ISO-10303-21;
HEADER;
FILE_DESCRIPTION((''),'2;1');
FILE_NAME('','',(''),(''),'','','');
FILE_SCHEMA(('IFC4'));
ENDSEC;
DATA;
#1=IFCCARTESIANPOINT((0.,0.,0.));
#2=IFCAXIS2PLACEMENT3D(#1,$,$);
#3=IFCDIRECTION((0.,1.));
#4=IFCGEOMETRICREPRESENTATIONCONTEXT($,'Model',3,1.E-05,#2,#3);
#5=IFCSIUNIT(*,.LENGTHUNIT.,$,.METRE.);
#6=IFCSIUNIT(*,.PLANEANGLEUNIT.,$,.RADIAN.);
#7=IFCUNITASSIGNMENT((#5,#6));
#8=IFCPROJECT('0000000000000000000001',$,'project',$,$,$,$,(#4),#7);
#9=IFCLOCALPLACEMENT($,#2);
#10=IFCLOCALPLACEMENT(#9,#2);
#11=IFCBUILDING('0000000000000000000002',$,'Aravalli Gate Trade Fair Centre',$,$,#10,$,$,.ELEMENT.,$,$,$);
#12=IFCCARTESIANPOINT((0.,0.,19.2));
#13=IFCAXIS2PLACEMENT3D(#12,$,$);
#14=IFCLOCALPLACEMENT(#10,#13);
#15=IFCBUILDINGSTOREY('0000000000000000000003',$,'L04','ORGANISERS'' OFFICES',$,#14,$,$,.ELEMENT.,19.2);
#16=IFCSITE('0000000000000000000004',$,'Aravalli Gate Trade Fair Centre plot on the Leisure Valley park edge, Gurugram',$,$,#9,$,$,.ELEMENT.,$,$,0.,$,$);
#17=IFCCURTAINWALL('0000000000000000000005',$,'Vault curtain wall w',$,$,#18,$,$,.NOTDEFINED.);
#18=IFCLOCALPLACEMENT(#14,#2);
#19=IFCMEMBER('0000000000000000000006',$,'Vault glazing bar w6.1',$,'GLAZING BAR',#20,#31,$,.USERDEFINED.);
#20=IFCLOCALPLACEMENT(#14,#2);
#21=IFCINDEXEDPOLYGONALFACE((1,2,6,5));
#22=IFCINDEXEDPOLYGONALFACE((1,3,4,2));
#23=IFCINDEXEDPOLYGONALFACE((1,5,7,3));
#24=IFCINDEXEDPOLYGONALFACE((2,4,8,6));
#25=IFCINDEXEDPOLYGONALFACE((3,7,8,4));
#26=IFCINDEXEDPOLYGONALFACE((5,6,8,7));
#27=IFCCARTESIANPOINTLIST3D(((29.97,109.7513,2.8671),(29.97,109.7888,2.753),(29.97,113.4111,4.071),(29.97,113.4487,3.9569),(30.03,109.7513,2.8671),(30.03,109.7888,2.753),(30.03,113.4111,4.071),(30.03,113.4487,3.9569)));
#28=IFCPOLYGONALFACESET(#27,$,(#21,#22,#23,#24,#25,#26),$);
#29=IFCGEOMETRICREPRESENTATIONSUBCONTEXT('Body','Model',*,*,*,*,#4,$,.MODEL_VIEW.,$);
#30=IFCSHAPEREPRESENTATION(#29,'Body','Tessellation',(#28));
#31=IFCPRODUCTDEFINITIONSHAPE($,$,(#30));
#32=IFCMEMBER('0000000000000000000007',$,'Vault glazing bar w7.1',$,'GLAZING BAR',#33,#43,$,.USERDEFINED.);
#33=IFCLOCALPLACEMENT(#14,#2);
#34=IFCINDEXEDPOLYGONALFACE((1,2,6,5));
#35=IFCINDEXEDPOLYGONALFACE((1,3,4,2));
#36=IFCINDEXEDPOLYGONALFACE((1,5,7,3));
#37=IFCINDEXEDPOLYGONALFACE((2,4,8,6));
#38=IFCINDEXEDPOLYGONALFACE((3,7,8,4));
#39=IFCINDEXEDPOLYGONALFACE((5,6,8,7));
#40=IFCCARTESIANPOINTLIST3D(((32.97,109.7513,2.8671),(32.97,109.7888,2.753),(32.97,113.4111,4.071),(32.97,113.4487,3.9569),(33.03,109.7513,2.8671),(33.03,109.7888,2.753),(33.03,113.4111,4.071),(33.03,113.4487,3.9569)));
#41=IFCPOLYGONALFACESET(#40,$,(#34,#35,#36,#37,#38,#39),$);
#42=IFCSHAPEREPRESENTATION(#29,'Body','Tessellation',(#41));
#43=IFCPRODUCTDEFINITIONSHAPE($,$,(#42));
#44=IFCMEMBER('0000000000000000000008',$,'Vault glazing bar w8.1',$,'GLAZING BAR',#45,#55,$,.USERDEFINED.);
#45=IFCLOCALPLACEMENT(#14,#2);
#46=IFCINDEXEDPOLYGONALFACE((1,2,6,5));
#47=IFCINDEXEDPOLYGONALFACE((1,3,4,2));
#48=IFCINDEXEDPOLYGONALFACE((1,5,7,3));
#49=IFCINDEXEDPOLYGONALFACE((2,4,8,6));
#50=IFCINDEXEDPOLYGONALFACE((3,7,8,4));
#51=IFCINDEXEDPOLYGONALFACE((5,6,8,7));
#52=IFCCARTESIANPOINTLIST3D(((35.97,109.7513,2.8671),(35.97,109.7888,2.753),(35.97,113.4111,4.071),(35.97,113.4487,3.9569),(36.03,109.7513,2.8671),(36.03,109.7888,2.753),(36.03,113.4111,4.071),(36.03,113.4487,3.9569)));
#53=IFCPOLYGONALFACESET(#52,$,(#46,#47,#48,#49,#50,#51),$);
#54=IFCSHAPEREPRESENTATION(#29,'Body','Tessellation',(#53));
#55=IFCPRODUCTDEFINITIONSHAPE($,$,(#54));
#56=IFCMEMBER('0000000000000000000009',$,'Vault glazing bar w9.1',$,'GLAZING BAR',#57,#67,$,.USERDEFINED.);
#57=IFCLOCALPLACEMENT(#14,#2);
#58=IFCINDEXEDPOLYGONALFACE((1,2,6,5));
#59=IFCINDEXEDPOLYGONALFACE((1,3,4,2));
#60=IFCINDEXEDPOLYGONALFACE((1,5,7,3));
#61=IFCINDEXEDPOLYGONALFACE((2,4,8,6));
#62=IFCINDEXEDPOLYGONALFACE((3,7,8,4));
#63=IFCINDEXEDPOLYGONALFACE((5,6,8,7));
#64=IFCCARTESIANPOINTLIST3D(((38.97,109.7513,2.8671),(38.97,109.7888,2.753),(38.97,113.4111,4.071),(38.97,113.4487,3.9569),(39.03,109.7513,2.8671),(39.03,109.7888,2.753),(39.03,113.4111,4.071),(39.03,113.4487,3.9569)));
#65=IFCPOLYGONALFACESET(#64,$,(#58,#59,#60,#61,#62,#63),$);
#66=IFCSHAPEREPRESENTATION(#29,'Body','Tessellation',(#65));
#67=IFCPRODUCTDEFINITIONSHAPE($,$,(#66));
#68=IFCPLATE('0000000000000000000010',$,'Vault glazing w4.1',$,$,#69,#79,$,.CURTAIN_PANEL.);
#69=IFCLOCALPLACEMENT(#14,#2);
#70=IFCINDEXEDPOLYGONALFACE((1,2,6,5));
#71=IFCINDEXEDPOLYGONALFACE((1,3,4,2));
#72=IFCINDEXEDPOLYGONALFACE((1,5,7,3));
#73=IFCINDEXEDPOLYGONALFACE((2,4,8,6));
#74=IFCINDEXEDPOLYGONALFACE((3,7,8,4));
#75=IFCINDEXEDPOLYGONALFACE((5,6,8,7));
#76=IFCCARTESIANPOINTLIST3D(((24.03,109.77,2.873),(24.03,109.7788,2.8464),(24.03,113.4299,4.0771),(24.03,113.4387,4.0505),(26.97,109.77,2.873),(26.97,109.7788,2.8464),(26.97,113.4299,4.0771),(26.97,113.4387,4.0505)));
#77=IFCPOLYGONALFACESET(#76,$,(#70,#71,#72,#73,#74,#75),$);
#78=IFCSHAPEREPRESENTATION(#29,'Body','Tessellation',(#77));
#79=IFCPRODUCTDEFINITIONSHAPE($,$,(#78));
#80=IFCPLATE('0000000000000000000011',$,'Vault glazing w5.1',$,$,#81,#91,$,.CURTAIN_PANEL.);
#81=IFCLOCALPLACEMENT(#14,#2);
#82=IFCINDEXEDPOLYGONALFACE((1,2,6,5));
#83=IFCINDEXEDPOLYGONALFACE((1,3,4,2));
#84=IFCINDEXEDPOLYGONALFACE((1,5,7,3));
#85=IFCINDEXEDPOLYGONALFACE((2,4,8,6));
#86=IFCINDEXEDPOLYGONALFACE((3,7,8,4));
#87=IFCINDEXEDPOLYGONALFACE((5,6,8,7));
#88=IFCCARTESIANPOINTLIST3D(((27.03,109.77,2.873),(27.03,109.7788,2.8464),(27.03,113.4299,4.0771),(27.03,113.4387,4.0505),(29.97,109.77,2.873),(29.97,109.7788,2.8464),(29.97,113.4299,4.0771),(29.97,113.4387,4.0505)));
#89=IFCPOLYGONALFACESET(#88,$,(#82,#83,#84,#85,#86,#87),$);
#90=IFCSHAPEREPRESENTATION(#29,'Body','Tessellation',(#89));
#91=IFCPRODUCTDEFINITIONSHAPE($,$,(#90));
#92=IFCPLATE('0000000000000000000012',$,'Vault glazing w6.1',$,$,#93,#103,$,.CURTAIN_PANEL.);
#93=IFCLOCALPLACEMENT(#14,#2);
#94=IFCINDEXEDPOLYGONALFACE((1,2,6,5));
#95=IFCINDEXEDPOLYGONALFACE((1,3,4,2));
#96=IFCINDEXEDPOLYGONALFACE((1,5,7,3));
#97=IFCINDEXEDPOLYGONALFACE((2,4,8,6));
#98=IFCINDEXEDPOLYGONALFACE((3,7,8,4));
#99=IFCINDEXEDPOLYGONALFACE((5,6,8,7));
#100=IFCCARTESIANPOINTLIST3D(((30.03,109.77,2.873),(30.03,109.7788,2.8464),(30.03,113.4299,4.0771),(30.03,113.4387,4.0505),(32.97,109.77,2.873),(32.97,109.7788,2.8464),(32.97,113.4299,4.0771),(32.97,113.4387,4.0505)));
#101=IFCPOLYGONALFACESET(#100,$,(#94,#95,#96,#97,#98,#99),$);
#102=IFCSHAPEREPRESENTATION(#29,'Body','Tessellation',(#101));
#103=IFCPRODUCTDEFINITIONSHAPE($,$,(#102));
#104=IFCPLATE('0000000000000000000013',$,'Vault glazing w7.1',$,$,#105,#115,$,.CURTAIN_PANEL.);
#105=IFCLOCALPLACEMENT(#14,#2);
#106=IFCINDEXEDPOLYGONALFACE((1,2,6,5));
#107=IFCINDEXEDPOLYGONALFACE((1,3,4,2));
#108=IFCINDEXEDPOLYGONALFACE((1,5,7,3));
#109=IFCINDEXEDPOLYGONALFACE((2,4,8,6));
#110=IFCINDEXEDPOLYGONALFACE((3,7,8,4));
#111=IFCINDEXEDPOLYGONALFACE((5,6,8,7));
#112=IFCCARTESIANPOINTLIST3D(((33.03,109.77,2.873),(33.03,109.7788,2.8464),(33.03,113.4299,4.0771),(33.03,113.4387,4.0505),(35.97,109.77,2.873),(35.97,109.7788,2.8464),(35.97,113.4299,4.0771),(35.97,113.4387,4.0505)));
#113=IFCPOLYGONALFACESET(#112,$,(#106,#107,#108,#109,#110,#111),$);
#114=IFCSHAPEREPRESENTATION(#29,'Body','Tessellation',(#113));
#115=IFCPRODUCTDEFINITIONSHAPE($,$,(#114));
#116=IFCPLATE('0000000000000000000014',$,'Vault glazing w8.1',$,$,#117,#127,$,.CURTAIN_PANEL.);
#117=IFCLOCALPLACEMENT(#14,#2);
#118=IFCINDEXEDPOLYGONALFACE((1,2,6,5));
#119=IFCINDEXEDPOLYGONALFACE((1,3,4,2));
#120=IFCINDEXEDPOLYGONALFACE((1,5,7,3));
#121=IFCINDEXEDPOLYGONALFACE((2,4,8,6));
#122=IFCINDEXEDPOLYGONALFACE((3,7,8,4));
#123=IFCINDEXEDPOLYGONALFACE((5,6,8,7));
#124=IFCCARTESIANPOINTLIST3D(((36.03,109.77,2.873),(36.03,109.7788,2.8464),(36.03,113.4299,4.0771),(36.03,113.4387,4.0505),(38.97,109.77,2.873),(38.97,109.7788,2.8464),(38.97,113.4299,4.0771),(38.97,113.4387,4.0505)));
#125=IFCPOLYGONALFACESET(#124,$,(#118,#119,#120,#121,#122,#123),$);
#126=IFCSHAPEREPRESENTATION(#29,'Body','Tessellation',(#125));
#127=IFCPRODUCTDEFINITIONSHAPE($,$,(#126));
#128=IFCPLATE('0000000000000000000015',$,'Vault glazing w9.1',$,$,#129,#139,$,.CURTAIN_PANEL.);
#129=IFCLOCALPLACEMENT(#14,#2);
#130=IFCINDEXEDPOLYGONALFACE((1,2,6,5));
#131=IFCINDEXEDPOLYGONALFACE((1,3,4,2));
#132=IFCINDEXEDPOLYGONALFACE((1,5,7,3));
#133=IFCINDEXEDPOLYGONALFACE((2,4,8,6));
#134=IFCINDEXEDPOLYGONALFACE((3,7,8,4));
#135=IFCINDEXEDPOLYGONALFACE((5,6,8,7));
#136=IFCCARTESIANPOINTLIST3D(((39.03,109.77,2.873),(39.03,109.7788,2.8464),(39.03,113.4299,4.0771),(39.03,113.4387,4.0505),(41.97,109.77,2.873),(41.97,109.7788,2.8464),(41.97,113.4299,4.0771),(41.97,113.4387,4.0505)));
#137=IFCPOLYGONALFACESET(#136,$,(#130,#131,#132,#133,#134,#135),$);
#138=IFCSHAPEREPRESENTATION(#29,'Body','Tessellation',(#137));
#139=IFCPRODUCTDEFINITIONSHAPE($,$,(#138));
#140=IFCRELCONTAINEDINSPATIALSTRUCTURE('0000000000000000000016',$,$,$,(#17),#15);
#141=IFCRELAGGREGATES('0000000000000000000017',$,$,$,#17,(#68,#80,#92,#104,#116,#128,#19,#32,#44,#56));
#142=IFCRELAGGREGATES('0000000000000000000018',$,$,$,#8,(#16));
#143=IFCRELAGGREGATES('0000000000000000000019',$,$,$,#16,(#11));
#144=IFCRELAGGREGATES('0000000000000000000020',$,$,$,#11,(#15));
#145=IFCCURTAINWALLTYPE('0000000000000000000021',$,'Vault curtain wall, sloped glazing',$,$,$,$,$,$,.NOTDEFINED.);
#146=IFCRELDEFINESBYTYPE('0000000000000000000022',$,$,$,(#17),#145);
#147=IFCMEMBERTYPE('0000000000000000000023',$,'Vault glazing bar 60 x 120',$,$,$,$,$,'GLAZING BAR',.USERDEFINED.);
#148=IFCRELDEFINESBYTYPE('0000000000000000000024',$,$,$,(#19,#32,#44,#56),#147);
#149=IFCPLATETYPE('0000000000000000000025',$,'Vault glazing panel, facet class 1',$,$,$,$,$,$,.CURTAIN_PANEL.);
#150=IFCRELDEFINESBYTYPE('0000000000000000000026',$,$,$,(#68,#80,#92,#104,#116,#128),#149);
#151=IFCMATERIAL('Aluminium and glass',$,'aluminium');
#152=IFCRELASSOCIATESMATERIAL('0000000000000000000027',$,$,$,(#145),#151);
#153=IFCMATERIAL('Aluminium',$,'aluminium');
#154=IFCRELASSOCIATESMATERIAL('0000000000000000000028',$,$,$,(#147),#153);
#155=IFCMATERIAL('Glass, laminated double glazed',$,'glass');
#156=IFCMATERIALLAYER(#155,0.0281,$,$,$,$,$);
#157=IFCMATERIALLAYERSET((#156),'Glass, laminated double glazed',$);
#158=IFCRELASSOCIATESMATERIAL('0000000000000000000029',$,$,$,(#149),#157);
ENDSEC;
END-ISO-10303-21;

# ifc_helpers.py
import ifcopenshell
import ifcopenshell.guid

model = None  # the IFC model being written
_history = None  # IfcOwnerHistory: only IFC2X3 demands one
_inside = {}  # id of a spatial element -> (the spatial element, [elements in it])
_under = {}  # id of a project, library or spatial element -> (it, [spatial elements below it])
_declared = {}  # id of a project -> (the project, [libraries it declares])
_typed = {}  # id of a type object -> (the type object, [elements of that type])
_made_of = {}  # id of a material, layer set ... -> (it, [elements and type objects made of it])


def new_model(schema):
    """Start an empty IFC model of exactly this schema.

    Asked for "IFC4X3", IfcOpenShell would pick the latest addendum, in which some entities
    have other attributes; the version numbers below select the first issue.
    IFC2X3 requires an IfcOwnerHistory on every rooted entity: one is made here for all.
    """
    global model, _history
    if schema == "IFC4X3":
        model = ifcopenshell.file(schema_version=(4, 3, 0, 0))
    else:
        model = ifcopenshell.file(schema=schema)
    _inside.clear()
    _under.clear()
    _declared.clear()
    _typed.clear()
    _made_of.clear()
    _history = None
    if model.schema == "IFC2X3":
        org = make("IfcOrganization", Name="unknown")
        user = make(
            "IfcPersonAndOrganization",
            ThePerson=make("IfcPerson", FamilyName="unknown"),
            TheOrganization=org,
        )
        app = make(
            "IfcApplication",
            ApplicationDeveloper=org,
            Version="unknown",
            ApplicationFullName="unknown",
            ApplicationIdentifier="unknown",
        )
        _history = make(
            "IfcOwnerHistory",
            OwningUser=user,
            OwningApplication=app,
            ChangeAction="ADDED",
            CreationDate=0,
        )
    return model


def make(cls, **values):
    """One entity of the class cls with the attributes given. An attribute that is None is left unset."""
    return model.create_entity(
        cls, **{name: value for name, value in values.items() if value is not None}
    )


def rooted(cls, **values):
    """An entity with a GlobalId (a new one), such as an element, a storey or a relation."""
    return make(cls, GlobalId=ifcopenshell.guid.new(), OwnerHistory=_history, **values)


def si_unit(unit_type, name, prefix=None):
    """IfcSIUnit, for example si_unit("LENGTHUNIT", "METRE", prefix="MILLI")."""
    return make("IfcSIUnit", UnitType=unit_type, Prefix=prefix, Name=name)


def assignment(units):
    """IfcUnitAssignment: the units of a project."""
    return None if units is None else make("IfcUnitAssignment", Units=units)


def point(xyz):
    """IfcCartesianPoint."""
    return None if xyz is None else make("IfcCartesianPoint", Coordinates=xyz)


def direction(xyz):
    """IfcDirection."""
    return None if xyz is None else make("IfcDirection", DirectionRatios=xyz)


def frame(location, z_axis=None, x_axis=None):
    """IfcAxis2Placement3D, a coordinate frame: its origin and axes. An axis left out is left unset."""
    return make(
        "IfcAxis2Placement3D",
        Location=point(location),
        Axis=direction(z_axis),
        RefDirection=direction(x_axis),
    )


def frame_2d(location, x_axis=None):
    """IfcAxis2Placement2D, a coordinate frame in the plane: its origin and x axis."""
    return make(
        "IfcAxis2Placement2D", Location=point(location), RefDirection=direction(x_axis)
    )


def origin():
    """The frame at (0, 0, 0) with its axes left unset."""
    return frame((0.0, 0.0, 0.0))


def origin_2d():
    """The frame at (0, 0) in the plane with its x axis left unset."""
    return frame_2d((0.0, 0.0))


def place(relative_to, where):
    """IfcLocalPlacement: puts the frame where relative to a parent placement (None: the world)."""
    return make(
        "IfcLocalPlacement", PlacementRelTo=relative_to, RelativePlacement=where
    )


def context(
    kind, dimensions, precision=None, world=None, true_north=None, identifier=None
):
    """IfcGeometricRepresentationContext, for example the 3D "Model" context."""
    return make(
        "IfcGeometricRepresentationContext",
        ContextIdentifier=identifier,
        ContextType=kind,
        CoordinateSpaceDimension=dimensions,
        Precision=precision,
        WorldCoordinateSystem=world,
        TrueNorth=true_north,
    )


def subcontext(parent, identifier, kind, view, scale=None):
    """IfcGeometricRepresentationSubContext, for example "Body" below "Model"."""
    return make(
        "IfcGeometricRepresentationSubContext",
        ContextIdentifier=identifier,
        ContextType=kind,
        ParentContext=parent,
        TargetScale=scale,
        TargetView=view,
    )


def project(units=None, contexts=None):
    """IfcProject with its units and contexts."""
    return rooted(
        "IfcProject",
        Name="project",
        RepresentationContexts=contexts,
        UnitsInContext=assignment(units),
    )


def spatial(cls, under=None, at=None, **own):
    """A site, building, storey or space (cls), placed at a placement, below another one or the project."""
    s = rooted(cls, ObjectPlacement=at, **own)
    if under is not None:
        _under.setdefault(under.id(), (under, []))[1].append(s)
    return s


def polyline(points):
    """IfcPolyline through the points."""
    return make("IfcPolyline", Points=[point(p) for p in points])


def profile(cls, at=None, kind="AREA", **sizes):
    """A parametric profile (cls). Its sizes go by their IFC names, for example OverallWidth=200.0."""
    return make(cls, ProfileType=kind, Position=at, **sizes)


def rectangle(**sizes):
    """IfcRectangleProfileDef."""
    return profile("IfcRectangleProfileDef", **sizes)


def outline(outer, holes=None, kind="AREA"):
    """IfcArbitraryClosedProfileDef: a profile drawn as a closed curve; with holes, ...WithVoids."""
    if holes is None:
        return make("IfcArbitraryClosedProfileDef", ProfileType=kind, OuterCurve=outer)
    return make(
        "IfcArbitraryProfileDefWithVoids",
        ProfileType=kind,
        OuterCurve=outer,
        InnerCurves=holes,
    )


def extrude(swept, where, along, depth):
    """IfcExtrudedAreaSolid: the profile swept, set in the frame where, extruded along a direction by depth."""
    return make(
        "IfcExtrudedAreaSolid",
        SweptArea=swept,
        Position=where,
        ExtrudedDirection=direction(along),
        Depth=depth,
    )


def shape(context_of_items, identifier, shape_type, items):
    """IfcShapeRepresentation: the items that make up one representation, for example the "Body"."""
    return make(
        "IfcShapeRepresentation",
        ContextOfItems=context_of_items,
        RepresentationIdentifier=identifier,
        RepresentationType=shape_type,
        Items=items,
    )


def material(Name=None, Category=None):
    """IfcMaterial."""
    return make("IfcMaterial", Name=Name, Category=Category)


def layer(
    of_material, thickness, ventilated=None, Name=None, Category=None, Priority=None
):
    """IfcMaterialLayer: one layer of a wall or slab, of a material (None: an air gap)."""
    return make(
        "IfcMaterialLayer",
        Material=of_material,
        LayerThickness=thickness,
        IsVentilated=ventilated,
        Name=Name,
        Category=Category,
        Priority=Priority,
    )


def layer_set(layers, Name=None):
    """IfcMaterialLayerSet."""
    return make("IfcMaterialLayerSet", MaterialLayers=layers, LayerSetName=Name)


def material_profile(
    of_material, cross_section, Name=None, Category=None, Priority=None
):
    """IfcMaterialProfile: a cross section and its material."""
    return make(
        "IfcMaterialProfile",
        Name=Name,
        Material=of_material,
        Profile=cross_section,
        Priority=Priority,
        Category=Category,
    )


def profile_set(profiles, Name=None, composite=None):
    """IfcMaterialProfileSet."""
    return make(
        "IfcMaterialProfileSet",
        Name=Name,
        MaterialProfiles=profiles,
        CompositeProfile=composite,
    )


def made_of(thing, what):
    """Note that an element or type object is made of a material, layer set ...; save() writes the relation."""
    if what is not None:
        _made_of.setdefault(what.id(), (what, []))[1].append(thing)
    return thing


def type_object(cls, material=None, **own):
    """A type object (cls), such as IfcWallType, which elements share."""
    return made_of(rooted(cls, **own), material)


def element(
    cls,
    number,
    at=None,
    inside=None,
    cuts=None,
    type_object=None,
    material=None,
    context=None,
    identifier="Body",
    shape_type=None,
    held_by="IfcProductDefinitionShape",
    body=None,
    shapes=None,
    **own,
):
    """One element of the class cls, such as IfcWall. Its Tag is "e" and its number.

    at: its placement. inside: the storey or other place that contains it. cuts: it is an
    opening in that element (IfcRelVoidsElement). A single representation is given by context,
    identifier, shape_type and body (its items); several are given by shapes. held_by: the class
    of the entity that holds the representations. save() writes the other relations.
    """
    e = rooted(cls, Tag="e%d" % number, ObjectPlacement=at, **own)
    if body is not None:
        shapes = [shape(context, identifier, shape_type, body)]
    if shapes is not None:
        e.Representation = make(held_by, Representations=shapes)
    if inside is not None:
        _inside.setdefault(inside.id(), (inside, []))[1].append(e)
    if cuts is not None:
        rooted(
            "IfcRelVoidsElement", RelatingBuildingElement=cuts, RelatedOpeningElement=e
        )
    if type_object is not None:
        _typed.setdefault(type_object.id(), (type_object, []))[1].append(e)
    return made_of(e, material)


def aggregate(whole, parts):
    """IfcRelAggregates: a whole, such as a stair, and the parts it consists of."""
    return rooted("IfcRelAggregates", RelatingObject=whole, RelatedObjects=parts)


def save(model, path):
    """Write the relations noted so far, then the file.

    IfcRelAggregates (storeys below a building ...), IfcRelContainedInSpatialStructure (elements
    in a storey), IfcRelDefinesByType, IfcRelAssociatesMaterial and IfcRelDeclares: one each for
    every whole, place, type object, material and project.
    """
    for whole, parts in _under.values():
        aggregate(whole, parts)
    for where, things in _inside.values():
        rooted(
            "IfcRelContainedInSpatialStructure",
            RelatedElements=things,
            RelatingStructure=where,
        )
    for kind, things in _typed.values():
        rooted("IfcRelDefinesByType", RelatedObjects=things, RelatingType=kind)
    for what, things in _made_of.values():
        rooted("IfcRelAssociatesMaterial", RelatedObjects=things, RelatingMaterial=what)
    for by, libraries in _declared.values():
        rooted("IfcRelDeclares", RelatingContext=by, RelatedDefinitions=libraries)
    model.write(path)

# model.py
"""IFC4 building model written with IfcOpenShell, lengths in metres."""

from ifc_helpers import new_model, si_unit, direction, frame, origin, origin_2d, place, context, subcontext, project, spatial, polyline, rectangle, outline, extrude, material, layer, layer_set, material_profile, profile_set, type_object, element, aggregate, save


model = new_model("IFC4")

# Units and contexts
model_context = context("Model", 3, precision=1e-05, world=origin(), true_north=direction((0.0, 1.0)))
body_context = subcontext(model_context, "Body", "Model", "MODEL_VIEW")
ifc_project = project(units=[si_unit("LENGTHUNIT", "METRE"), si_unit("PLANEANGLEUNIT", "RADIAN")], contexts=[model_context])

# Site, building, storey
site_placement = place(None, origin())
site = spatial("IfcSite", under=ifc_project, at=site_placement, Name="Aravalli Gate Trade Fair Centre plot on the Leisure Valley park edge, Gurugram", CompositionType="ELEMENT", RefElevation=0.0)
building_placement = place(site_placement, origin())
building = spatial("IfcBuilding", under=site, at=building_placement, Name="Aravalli Gate Trade Fair Centre", CompositionType="ELEMENT")
storey_placement = place(building_placement, frame((0.0, 0.0, 19.2)))
storey = spatial("IfcBuildingStorey", under=building, at=storey_placement, Name="L04", Description="ORGANISERS' OFFICES", CompositionType="ELEMENT", Elevation=19.2)

# Shared definitions
ifc_material_1 = material(Name="Aluminium", Category="aluminium")

# Curtain wall, members, plates
ifc_material_2 = material(Name="Aluminium and glass", Category="aluminium")
curtain_wall_type = type_object("IfcCurtainWallType", Name="Vault curtain wall, sloped glazing", PredefinedType="NOTDEFINED", material=ifc_material_2)
curtain_wall_placement = place(storey_placement, origin())
curtain_wall = element("IfcCurtainWall", 1, at=curtain_wall_placement, inside=storey, type_object=curtain_wall_type, Name="Vault curtain wall w", PredefinedType="NOTDEFINED")
ifc_material_profile_1 = material_profile(ifc_material_1, rectangle(XDim=0.0601, YDim=0.1201, at=origin_2d()), Name="Vault glazing bar 60 x 120")
ifc_profile_set_1 = profile_set([ifc_material_profile_1], Name="Aluminium")
member_type_1 = type_object("IfcMemberType", Name="Vault glazing bar 60 x 120", ElementType="GLAZING BAR", PredefinedType="USERDEFINED", material=ifc_profile_set_1)
member_1_placement = place(storey_placement, frame((30.0, 109.77, 2.8101), z_axis=(0.0, 0.94993, 0.312461), x_axis=(-1.0, 0.0, 0.0)))
member_1 = element("IfcMember", 2, at=member_1_placement, type_object=member_type_1, Name="Vault glazing bar w6.1", ObjectType="GLAZING BAR", PredefinedType="USERDEFINED", context=body_context, shape_type="SweptSolid", body=[
    extrude(rectangle(XDim=0.0601, YDim=0.1201, at=origin_2d()), origin(), (0.0, 0.0, 1.0), 3.8528),
])
member_2_placement = place(storey_placement, frame((33.0, 109.77, 2.8101), z_axis=(0.0, 0.94993, 0.312461), x_axis=(-1.0, 0.0, 0.0)))
member_2 = element("IfcMember", 3, at=member_2_placement, type_object=member_type_1, Name="Vault glazing bar w7.1", ObjectType="GLAZING BAR", PredefinedType="USERDEFINED", context=body_context, shape_type="SweptSolid", body=[
    extrude(rectangle(XDim=0.0601, YDim=0.1201, at=origin_2d()), origin(), (0.0, 0.0, 1.0), 3.8528),
])
member_3_placement = place(storey_placement, frame((36.0, 109.77, 2.8101), z_axis=(0.0, 0.94993, 0.312461), x_axis=(-1.0, 0.0, 0.0)))
member_3 = element("IfcMember", 4, at=member_3_placement, type_object=member_type_1, Name="Vault glazing bar w8.1", ObjectType="GLAZING BAR", PredefinedType="USERDEFINED", context=body_context, shape_type="SweptSolid", body=[
    extrude(rectangle(XDim=0.0601, YDim=0.1201, at=origin_2d()), origin(), (0.0, 0.0, 1.0), 3.8528),
])
member_4_placement = place(storey_placement, frame((39.0, 109.77, 2.8101), z_axis=(0.0, 0.94993, 0.312461), x_axis=(-1.0, 0.0, 0.0)))
member_4 = element("IfcMember", 5, at=member_4_placement, type_object=member_type_1, Name="Vault glazing bar w9.1", ObjectType="GLAZING BAR", PredefinedType="USERDEFINED", context=body_context, shape_type="SweptSolid", body=[
    extrude(rectangle(XDim=0.0601, YDim=0.1201, at=origin_2d()), origin(), (0.0, 0.0, 1.0), 3.8528),
])
ifc_material_3 = material(Name="Glass, laminated double glazed", Category="glass")
ifc_layer = layer(ifc_material_3, 0.0281)
ifc_layer_set = layer_set([ifc_layer], Name="Glass, laminated double glazed")
plate_type = type_object("IfcPlateType", Name="Vault glazing panel, facet class 1", PredefinedType="CURTAIN_PANEL", material=ifc_layer_set)
plate_1_placement = place(storey_placement, frame((24.03, 109.77, 2.873), z_axis=(0.0, -0.312518, 0.949912), x_axis=(1.0, 0.0, 0.0)))
plate_1 = element("IfcPlate", 6, at=plate_1_placement, type_object=plate_type, Name="Vault glazing w4.1", PredefinedType="CURTAIN_PANEL", context=body_context, shape_type="SweptSolid", body=[
    extrude(outline(polyline([(0.0, 0.0), (2.9399, 0.0), (2.9399, 3.8529), (0.0, 3.8529), (0.0, 0.0)])), origin(), (0.0, 0.0, -1.0), 0.0281),
])
plate_2_placement = place(storey_placement, frame((27.03, 109.77, 2.873), z_axis=(0.0, -0.312518, 0.949912), x_axis=(1.0, 0.0, 0.0)))
plate_2 = element("IfcPlate", 7, at=plate_2_placement, type_object=plate_type, Name="Vault glazing w5.1", PredefinedType="CURTAIN_PANEL", context=body_context, shape_type="SweptSolid", body=[
    extrude(outline(polyline([(0.0, 0.0), (2.9399, 0.0), (2.9399, 3.8529), (0.0, 3.8529), (0.0, 0.0)])), origin(), (0.0, 0.0, -1.0), 0.0281),
])
plate_3_placement = place(storey_placement, frame((30.03, 109.77, 2.873), z_axis=(0.0, -0.312518, 0.949912), x_axis=(1.0, 0.0, 0.0)))
plate_3 = element("IfcPlate", 8, at=plate_3_placement, type_object=plate_type, Name="Vault glazing w6.1", PredefinedType="CURTAIN_PANEL", context=body_context, shape_type="SweptSolid", body=[
    extrude(outline(polyline([(0.0, 0.0), (2.9399, 0.0), (2.9399, 3.8529), (0.0, 3.8529), (0.0, 0.0)])), origin(), (0.0, 0.0, -1.0), 0.0281),
])
plate_4_placement = place(storey_placement, frame((33.03, 109.77, 2.873), z_axis=(0.0, -0.312518, 0.949912), x_axis=(1.0, 0.0, 0.0)))
plate_4 = element("IfcPlate", 9, at=plate_4_placement, type_object=plate_type, Name="Vault glazing w7.1", PredefinedType="CURTAIN_PANEL", context=body_context, shape_type="SweptSolid", body=[
    extrude(outline(polyline([(0.0, 0.0), (2.9399, 0.0), (2.9399, 3.8529), (0.0, 3.8529), (0.0, 0.0)])), origin(), (0.0, 0.0, -1.0), 0.0281),
])
plate_5_placement = place(storey_placement, frame((36.03, 109.77, 2.873), z_axis=(0.0, -0.312518, 0.949912), x_axis=(1.0, 0.0, 0.0)))
plate_5 = element("IfcPlate", 10, at=plate_5_placement, type_object=plate_type, Name="Vault glazing w8.1", PredefinedType="CURTAIN_PANEL", context=body_context, shape_type="SweptSolid", body=[
    extrude(outline(polyline([(0.0, 0.0), (2.9399, 0.0), (2.9399, 3.8529), (0.0, 3.8529), (0.0, 0.0)])), origin(), (0.0, 0.0, -1.0), 0.0281),
])
plate_6_placement = place(storey_placement, frame((39.03, 109.77, 2.873), z_axis=(0.0, -0.312518, 0.949912), x_axis=(1.0, 0.0, 0.0)))
plate_6 = element("IfcPlate", 11, at=plate_6_placement, type_object=plate_type, Name="Vault glazing w9.1", PredefinedType="CURTAIN_PANEL", context=body_context, shape_type="SweptSolid", body=[
    extrude(outline(polyline([(0.0, 0.0), (2.9399, 0.0), (2.9399, 3.8529), (0.0, 3.8529), (0.0, 0.0)])), origin(), (0.0, 0.0, -1.0), 0.0281),
])
aggregate(curtain_wall, [plate_1, plate_2, plate_3, plate_4, plate_5, plate_6, member_1, member_2, member_3, member_4])

save(model, "model.ifc")
